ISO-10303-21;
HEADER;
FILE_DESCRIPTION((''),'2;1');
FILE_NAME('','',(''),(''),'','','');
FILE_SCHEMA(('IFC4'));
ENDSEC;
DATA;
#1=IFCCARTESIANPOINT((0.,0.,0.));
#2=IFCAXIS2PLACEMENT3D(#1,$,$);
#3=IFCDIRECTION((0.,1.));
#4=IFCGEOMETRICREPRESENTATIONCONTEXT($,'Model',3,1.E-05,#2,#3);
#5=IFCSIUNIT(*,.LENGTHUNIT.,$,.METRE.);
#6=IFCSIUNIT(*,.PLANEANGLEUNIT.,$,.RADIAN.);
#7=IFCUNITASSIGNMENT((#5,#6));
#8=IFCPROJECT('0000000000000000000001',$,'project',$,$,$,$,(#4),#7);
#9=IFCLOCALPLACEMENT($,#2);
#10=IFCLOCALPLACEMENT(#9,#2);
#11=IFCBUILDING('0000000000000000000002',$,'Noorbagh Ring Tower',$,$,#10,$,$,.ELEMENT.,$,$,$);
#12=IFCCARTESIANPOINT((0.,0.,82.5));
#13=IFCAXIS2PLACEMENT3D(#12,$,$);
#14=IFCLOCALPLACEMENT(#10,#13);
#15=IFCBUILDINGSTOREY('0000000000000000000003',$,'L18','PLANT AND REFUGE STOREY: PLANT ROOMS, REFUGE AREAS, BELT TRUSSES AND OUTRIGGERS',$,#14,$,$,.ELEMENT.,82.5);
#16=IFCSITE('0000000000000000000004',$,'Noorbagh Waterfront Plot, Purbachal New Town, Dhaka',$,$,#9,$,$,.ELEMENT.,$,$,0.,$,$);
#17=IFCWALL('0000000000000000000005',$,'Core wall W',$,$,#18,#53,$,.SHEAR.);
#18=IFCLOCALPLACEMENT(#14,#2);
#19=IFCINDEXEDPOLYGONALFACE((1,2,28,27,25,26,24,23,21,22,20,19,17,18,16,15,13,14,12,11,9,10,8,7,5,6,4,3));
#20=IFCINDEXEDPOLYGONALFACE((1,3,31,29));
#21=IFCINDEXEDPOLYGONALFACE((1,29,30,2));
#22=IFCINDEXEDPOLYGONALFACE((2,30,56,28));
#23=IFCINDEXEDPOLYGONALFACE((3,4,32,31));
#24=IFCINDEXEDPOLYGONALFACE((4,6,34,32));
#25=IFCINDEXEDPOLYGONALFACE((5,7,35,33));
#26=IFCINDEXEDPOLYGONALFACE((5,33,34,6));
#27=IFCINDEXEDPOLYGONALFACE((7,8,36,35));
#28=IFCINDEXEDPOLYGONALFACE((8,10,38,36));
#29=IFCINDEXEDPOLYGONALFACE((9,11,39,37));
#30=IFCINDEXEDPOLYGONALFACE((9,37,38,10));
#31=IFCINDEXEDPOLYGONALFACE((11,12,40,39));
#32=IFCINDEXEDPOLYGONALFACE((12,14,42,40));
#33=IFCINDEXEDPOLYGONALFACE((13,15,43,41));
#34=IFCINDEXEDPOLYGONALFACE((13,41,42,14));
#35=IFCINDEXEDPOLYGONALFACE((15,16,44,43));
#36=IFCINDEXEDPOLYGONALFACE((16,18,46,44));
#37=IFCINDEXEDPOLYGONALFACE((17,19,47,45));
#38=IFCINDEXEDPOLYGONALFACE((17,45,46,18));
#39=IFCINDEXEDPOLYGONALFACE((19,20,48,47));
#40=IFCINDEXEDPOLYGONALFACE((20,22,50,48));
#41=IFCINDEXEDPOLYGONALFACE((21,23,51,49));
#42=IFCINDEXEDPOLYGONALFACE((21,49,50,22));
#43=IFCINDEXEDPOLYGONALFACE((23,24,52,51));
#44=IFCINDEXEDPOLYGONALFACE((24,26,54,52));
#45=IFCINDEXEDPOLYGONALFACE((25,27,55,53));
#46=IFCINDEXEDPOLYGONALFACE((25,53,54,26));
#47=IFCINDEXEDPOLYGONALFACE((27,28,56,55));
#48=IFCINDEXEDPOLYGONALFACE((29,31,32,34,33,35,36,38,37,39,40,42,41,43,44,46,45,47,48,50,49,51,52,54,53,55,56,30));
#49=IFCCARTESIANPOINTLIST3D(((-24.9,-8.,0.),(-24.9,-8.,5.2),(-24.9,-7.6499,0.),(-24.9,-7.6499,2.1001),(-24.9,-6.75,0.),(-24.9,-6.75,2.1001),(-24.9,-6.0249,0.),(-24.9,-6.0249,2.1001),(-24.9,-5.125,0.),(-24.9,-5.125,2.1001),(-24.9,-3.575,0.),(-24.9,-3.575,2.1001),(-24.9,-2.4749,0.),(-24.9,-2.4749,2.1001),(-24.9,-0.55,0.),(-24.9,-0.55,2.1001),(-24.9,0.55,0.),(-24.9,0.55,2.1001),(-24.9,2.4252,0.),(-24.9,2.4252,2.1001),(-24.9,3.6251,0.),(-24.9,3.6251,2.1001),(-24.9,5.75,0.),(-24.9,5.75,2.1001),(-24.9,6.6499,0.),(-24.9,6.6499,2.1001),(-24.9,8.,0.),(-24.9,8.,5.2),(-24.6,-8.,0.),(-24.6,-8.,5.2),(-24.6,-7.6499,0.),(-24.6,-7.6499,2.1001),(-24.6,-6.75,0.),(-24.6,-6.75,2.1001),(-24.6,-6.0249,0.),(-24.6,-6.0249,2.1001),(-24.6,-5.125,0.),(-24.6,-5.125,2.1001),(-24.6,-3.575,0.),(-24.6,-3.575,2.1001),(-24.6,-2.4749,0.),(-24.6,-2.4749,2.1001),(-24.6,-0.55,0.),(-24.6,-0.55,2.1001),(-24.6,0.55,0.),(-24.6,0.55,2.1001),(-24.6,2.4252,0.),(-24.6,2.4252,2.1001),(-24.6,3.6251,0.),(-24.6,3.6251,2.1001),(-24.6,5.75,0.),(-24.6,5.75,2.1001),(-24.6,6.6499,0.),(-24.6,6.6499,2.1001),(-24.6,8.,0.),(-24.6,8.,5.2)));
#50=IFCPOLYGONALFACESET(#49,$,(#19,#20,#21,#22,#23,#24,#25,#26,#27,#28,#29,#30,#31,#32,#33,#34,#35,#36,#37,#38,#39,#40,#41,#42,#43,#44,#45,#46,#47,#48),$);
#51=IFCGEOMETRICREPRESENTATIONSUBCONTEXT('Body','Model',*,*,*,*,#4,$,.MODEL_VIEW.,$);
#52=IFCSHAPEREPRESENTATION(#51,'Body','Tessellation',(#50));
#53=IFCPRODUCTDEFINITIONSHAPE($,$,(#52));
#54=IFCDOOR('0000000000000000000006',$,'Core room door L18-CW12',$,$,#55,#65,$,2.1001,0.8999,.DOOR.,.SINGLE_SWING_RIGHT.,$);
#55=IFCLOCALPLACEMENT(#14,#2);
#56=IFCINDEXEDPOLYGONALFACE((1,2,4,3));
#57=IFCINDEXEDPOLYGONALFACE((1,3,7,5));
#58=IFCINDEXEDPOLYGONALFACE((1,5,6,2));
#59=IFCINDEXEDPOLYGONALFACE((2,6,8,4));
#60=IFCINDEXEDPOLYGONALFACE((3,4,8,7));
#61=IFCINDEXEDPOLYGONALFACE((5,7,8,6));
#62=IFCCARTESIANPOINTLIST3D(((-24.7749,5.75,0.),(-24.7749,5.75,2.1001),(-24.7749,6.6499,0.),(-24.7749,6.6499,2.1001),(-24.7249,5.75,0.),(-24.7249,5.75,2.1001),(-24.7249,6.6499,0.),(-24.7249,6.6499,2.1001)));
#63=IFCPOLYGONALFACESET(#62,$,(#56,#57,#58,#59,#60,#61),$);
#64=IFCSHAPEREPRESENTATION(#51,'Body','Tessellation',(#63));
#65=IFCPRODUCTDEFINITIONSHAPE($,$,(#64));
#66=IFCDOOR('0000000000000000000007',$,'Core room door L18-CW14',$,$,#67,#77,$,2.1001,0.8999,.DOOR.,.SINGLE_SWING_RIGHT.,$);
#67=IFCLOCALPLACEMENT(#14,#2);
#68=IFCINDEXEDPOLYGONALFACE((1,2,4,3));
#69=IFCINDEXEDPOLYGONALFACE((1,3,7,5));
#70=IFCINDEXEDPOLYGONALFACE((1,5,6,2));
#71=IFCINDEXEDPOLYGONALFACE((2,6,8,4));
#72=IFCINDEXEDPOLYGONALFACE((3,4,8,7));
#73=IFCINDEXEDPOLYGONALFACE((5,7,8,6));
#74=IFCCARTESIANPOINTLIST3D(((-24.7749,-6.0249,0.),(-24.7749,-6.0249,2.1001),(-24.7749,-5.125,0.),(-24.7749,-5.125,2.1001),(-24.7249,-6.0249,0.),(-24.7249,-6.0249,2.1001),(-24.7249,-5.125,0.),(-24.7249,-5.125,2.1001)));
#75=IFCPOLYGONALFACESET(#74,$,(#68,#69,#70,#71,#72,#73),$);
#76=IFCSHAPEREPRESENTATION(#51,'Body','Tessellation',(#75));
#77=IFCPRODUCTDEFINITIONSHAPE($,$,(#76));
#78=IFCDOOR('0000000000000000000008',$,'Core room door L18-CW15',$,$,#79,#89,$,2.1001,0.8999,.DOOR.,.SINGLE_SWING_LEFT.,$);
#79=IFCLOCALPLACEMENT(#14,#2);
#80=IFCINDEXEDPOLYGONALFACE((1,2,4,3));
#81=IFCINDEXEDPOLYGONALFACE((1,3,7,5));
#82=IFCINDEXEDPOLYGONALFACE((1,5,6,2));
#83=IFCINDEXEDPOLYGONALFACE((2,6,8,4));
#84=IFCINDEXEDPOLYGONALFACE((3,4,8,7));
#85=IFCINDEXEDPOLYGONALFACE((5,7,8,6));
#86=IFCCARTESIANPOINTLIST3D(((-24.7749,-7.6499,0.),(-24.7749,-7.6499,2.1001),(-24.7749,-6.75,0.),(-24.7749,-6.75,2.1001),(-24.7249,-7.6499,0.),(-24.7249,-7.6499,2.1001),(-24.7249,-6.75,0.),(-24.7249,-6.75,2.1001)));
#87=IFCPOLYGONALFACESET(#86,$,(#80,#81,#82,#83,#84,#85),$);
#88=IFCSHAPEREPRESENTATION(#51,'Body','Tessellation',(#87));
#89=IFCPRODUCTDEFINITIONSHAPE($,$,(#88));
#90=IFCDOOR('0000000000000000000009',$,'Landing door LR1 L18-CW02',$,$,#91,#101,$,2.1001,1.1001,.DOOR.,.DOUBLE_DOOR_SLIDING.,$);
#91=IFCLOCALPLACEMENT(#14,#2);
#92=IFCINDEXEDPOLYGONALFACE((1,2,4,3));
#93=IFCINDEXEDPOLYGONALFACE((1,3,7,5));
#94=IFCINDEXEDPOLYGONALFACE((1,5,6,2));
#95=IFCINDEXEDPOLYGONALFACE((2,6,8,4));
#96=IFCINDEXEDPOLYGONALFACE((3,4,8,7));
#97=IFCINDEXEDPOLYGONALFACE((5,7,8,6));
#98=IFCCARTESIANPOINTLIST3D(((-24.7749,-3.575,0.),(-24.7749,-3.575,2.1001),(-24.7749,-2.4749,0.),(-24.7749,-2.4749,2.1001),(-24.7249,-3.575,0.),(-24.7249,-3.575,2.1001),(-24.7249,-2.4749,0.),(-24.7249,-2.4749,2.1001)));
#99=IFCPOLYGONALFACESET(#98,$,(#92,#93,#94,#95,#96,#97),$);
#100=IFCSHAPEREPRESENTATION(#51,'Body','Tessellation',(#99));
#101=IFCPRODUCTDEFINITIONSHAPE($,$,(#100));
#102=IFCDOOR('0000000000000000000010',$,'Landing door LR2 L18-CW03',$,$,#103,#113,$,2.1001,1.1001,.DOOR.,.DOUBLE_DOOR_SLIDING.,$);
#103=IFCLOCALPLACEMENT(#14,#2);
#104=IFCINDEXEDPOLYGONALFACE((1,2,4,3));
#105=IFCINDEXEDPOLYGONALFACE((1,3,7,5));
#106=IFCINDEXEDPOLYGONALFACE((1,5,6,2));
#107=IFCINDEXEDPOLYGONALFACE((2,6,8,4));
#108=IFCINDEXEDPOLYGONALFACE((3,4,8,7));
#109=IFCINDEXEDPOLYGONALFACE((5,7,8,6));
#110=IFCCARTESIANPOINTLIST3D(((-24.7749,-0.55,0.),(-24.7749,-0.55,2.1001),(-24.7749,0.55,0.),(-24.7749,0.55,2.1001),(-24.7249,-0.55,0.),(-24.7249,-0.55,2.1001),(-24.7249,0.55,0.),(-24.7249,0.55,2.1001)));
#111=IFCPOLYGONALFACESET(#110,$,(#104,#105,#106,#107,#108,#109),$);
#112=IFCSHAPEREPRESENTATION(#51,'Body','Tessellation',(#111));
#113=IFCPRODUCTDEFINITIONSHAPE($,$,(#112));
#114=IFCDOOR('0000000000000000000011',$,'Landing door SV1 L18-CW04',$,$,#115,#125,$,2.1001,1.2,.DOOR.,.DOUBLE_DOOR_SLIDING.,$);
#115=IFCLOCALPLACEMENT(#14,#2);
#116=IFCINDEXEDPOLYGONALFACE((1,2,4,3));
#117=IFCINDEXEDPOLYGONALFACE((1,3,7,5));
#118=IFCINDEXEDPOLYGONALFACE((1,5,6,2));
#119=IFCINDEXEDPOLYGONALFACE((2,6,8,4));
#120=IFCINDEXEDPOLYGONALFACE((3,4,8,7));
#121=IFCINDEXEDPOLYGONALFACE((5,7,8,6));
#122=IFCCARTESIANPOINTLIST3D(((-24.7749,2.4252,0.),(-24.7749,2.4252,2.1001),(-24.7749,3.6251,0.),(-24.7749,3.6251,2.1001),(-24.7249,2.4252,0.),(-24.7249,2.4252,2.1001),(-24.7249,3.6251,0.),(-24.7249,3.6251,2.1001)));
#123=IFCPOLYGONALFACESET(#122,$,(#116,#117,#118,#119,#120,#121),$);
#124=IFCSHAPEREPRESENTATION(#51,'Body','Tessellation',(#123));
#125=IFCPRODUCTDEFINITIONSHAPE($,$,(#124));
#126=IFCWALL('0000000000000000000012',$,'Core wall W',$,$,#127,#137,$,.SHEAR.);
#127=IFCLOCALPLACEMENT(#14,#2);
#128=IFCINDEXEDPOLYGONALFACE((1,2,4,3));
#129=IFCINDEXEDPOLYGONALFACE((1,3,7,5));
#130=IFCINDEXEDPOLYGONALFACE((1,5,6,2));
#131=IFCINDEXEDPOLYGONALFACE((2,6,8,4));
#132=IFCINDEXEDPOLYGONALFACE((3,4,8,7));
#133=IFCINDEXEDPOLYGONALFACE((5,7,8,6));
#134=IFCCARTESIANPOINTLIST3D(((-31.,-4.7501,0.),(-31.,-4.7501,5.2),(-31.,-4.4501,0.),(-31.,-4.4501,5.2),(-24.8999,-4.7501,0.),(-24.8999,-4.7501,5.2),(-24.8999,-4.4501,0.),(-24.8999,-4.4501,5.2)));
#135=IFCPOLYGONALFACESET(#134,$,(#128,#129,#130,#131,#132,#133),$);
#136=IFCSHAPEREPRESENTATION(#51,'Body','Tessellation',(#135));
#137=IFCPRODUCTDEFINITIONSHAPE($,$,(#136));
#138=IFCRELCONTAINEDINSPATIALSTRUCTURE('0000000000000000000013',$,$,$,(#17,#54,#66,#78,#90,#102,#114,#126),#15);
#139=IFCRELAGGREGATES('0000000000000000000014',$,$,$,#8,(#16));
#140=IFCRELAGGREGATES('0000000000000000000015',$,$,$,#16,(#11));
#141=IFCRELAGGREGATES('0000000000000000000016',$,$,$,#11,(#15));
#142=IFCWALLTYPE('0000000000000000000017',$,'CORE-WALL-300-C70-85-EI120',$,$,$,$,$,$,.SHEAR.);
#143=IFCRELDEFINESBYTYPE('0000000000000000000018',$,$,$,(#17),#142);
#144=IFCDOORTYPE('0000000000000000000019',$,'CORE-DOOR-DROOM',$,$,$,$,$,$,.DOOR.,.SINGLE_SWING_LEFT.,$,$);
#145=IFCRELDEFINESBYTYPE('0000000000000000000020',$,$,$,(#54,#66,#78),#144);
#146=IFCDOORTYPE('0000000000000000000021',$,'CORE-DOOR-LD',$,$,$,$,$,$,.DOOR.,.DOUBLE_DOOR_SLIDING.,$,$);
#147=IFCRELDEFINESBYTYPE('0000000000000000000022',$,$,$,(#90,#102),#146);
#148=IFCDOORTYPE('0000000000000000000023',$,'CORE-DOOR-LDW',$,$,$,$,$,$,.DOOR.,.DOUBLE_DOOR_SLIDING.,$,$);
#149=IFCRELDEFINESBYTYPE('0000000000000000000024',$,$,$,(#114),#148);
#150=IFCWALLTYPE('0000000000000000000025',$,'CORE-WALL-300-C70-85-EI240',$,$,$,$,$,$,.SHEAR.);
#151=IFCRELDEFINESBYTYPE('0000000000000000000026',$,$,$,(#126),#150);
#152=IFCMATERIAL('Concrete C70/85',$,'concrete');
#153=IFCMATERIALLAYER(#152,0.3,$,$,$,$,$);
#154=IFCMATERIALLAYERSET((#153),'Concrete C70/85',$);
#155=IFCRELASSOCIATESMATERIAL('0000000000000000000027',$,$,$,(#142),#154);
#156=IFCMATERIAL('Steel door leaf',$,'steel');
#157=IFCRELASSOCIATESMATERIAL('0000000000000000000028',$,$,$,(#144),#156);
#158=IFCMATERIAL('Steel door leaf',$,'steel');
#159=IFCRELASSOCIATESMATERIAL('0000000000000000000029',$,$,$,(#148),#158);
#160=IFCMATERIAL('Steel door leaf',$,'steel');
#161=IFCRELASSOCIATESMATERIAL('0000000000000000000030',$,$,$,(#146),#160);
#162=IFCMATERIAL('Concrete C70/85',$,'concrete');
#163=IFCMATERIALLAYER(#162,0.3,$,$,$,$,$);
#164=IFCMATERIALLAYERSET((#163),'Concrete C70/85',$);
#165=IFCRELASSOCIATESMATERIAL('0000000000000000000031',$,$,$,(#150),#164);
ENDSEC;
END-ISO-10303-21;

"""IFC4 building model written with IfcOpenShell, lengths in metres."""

from ifc_helpers import new_model, si_unit, direction, frame, frame_2d, origin, place, context, subcontext, project, spatial, rectangle, extrude, material, layer, layer_set, type_object, element, fill, save


model = new_model("IFC4")

# Units and contexts
model_context = context("Model", 3, precision=1e-05, world=origin(), true_north=direction((0.0, 1.0)))
body_context = subcontext(model_context, "Body", "Model", "MODEL_VIEW")
ifc_project = project(units=[si_unit("LENGTHUNIT", "METRE"), si_unit("PLANEANGLEUNIT", "RADIAN")], contexts=[model_context])

# Site, building, storey
site_placement = place(None, origin())
site = spatial("IfcSite", under=ifc_project, at=site_placement, Name="Noorbagh Waterfront Plot, Purbachal New Town, Dhaka", CompositionType="ELEMENT", RefElevation=0.0)
building_placement = place(site_placement, origin())
building = spatial("IfcBuilding", under=site, at=building_placement, Name="Noorbagh Ring Tower", CompositionType="ELEMENT")
storey_placement = place(building_placement, frame((0.0, 0.0, 82.5)))
storey = spatial("IfcBuildingStorey", under=building, at=storey_placement, Name="L18", Description="PLANT AND REFUGE STOREY: PLANT ROOMS, REFUGE AREAS, BELT TRUSSES AND OUTRIGGERS", CompositionType="ELEMENT", Elevation=82.5)

# Shared definitions
ifc_material_1 = material(Name="Concrete C70/85", Category="concrete")
ifc_layer_1 = layer(ifc_material_1, 0.3)
ifc_layer_set_1 = layer_set([ifc_layer_1], Name="Concrete C70/85")
wall_type_1 = type_object("IfcWallType", Name="CORE-WALL-300-C70-85-EI120", PredefinedType="SHEAR", material=ifc_layer_set_1)

# Wall, openings, doors
ifc_material_2 = material(Name="Steel door leaf", Category="steel")
door_type_1 = type_object("IfcDoorType", Name="CORE-DOOR-DROOM", OperationType="SINGLE_SWING_LEFT", PredefinedType="DOOR", material=ifc_material_2)
ifc_material_3 = material(Name="Steel door leaf", Category="steel")
door_type_2 = type_object("IfcDoorType", Name="CORE-DOOR-LDW", OperationType="DOUBLE_DOOR_SLIDING", PredefinedType="DOOR", material=ifc_material_3)
wall_1_placement = place(storey_placement, frame((-24.75, -8.0, 0.0), z_axis=(0.0, 0.0, 1.0), x_axis=(0.0, 1.0, 0.0)))
wall_1 = element("IfcWall", 1, at=wall_1_placement, inside=storey, type_object=wall_type_1, Name="Core wall W", PredefinedType="SHEAR", context=body_context, shape_type="SweptSolid", body=[
    extrude(rectangle(XDim=16.0, YDim=0.3, at=frame_2d((8.0, 0.0))), origin(), (0.0, 0.0, 1.0), 5.2),
])
opening_1_placement = place(wall_1_placement, frame((4.425, 0.0, 0.0)))
opening_1 = element("IfcOpeningElement", 2, at=opening_1_placement, cuts=wall_1, PredefinedType="OPENING", context=body_context, shape_type="SweptSolid", body=[
    extrude(rectangle(XDim=1.1001, YDim=2.1001, at=frame_2d((0.55, 1.05))), frame((0.0, 0.1602, 0.0), z_axis=(0.0, -1.0, 0.0), x_axis=(1.0, 0.0, 0.0)), (0.0, 0.0, 1.0), 0.3201),
])
opening_2_placement = place(wall_1_placement, frame((7.45, 0.0, 0.0)))
opening_2 = element("IfcOpeningElement", 3, at=opening_2_placement, cuts=wall_1, PredefinedType="OPENING", context=body_context, shape_type="SweptSolid", body=[
    extrude(rectangle(XDim=1.1001, YDim=2.1001, at=frame_2d((0.55, 1.05))), frame((0.0, 0.1602, 0.0), z_axis=(0.0, -1.0, 0.0), x_axis=(1.0, 0.0, 0.0)), (0.0, 0.0, 1.0), 0.3201),
])
opening_3_placement = place(wall_1_placement, frame((10.425, 0.0, 0.0)))
opening_3 = element("IfcOpeningElement", 4, at=opening_3_placement, cuts=wall_1, PredefinedType="OPENING", context=body_context, shape_type="SweptSolid", body=[
    extrude(rectangle(XDim=1.2, YDim=2.1001, at=frame_2d((0.6001, 1.05))), frame((0.0, 0.1602, 0.0), z_axis=(0.0, -1.0, 0.0), x_axis=(1.0, 0.0, 0.0)), (0.0, 0.0, 1.0), 0.3201),
])
opening_4_placement = place(wall_1_placement, frame((13.75, 0.0, 0.0)))
opening_4 = element("IfcOpeningElement", 5, at=opening_4_placement, cuts=wall_1, PredefinedType="OPENING", context=body_context, shape_type="SweptSolid", body=[
    extrude(rectangle(XDim=0.8999, YDim=2.1001, at=frame_2d((0.45, 1.05))), frame((0.0, 0.1602, 0.0), z_axis=(0.0, -1.0, 0.0), x_axis=(1.0, 0.0, 0.0)), (0.0, 0.0, 1.0), 0.3201),
])
opening_5_placement = place(wall_1_placement, frame((1.9751, 0.0, 0.0)))
opening_5 = element("IfcOpeningElement", 6, at=opening_5_placement, cuts=wall_1, PredefinedType="OPENING", context=body_context, shape_type="SweptSolid", body=[
    extrude(rectangle(XDim=0.8999, YDim=2.1001, at=frame_2d((0.45, 1.05))), frame((0.0, 0.1602, 0.0), z_axis=(0.0, -1.0, 0.0), x_axis=(1.0, 0.0, 0.0)), (0.0, 0.0, 1.0), 0.3201),
])
opening_6_placement = place(wall_1_placement, frame((0.3501, 0.0, 0.0)))
opening_6 = element("IfcOpeningElement", 7, at=opening_6_placement, cuts=wall_1, PredefinedType="OPENING", context=body_context, shape_type="SweptSolid", body=[
    extrude(rectangle(XDim=0.8999, YDim=2.1001, at=frame_2d((0.45, 1.05))), frame((0.0, 0.1602, 0.0), z_axis=(0.0, -1.0, 0.0), x_axis=(1.0, 0.0, 0.0)), (0.0, 0.0, 1.0), 0.3201),
])
door_1_placement = place(opening_4_placement, origin())
door_1 = element("IfcDoor", 8, at=door_1_placement, inside=storey, type_object=door_type_1, Name="Core room door L18-CW12", OperationType="SINGLE_SWING_RIGHT", OverallHeight=2.1001, OverallWidth=0.8999, PredefinedType="DOOR", context=body_context, shape_type="SweptSolid", body=[
    extrude(rectangle(XDim=0.8999, YDim=2.1001, at=frame_2d((0.45, 1.05))), frame((0.0, 0.0249, 0.0), z_axis=(0.0, -1.0, 0.0), x_axis=(1.0, 0.0, 0.0)), (0.0, 0.0, 1.0), 0.05),
])
fill(opening_4, door_1)
door_2_placement = place(opening_5_placement, origin())
door_2 = element("IfcDoor", 9, at=door_2_placement, inside=storey, type_object=door_type_1, Name="Core room door L18-CW14", OperationType="SINGLE_SWING_RIGHT", OverallHeight=2.1001, OverallWidth=0.8999, PredefinedType="DOOR", context=body_context, shape_type="SweptSolid", body=[
    extrude(rectangle(XDim=0.8999, YDim=2.1001, at=frame_2d((0.45, 1.05))), frame((0.0, 0.0249, 0.0), z_axis=(0.0, -1.0, 0.0), x_axis=(1.0, 0.0, 0.0)), (0.0, 0.0, 1.0), 0.05),
])
fill(opening_5, door_2)
door_3_placement = place(opening_6_placement, origin())
door_3 = element("IfcDoor", 10, at=door_3_placement, inside=storey, type_object=door_type_1, Name="Core room door L18-CW15", OperationType="SINGLE_SWING_LEFT", OverallHeight=2.1001, OverallWidth=0.8999, PredefinedType="DOOR", context=body_context, shape_type="SweptSolid", body=[
    extrude(rectangle(XDim=0.8999, YDim=2.1001, at=frame_2d((0.45, 1.05))), frame((0.0, 0.0249, 0.0), z_axis=(0.0, -1.0, 0.0), x_axis=(1.0, 0.0, 0.0)), (0.0, 0.0, 1.0), 0.05),
])
fill(opening_6, door_3)
ifc_material_4 = material(Name="Steel door leaf", Category="steel")
door_type_3 = type_object("IfcDoorType", Name="CORE-DOOR-LD", OperationType="DOUBLE_DOOR_SLIDING", PredefinedType="DOOR", material=ifc_material_4)
door_4_placement = place(opening_1_placement, origin())
door_4 = element("IfcDoor", 11, at=door_4_placement, inside=storey, type_object=door_type_3, Name="Landing door LR1 L18-CW02", OperationType="DOUBLE_DOOR_SLIDING", OverallHeight=2.1001, OverallWidth=1.1001, PredefinedType="DOOR", context=body_context, shape_type="SweptSolid", body=[
    extrude(rectangle(XDim=1.1001, YDim=2.1001, at=frame_2d((0.55, 1.05))), frame((0.0, 0.0249, 0.0), z_axis=(0.0, -1.0, 0.0), x_axis=(1.0, 0.0, 0.0)), (0.0, 0.0, 1.0), 0.05),
])
fill(opening_1, door_4)
door_5_placement = place(opening_2_placement, origin())
door_5 = element("IfcDoor", 12, at=door_5_placement, inside=storey, type_object=door_type_3, Name="Landing door LR2 L18-CW03", OperationType="DOUBLE_DOOR_SLIDING", OverallHeight=2.1001, OverallWidth=1.1001, PredefinedType="DOOR", context=body_context, shape_type="SweptSolid", body=[
    extrude(rectangle(XDim=1.1001, YDim=2.1001, at=frame_2d((0.55, 1.05))), frame((0.0, 0.0249, 0.0), z_axis=(0.0, -1.0, 0.0), x_axis=(1.0, 0.0, 0.0)), (0.0, 0.0, 1.0), 0.05),
])
fill(opening_2, door_5)
door_6_placement = place(opening_3_placement, origin())
door_6 = element("IfcDoor", 13, at=door_6_placement, inside=storey, type_object=door_type_2, Name="Landing door SV1 L18-CW04", OperationType="DOUBLE_DOOR_SLIDING", OverallHeight=2.1001, OverallWidth=1.2, PredefinedType="DOOR", context=body_context, shape_type="SweptSolid", body=[
    extrude(rectangle(XDim=1.2, YDim=2.1001, at=frame_2d((0.6001, 1.05))), frame((0.0, 0.0249, 0.0), z_axis=(0.0, -1.0, 0.0), x_axis=(1.0, 0.0, 0.0)), (0.0, 0.0, 1.0), 0.05),
])
fill(opening_3, door_6)

# Wall
ifc_material_5 = material(Name="Concrete C70/85", Category="concrete")
ifc_layer_2 = layer(ifc_material_5, 0.3)
ifc_layer_set_2 = layer_set([ifc_layer_2], Name="Concrete C70/85")
wall_type_2 = type_object("IfcWallType", Name="CORE-WALL-300-C70-85-EI240", PredefinedType="SHEAR", material=ifc_layer_set_2)
wall_2_placement = place(storey_placement, frame((-24.8999, -4.6001, 0.0), z_axis=(0.0, 0.0, 1.0), x_axis=(-1.0, 0.0, 0.0)))
element("IfcWall", 14, at=wall_2_placement, inside=storey, type_object=wall_type_2, Name="Core wall W", PredefinedType="SHEAR", context=body_context, shape_type="SweptSolid", body=[
    extrude(rectangle(XDim=6.1001, YDim=0.3, at=frame_2d((3.05, 0.0))), origin(), (0.0, 0.0, 1.0), 5.2),
])

save(model, "model.ifc")
